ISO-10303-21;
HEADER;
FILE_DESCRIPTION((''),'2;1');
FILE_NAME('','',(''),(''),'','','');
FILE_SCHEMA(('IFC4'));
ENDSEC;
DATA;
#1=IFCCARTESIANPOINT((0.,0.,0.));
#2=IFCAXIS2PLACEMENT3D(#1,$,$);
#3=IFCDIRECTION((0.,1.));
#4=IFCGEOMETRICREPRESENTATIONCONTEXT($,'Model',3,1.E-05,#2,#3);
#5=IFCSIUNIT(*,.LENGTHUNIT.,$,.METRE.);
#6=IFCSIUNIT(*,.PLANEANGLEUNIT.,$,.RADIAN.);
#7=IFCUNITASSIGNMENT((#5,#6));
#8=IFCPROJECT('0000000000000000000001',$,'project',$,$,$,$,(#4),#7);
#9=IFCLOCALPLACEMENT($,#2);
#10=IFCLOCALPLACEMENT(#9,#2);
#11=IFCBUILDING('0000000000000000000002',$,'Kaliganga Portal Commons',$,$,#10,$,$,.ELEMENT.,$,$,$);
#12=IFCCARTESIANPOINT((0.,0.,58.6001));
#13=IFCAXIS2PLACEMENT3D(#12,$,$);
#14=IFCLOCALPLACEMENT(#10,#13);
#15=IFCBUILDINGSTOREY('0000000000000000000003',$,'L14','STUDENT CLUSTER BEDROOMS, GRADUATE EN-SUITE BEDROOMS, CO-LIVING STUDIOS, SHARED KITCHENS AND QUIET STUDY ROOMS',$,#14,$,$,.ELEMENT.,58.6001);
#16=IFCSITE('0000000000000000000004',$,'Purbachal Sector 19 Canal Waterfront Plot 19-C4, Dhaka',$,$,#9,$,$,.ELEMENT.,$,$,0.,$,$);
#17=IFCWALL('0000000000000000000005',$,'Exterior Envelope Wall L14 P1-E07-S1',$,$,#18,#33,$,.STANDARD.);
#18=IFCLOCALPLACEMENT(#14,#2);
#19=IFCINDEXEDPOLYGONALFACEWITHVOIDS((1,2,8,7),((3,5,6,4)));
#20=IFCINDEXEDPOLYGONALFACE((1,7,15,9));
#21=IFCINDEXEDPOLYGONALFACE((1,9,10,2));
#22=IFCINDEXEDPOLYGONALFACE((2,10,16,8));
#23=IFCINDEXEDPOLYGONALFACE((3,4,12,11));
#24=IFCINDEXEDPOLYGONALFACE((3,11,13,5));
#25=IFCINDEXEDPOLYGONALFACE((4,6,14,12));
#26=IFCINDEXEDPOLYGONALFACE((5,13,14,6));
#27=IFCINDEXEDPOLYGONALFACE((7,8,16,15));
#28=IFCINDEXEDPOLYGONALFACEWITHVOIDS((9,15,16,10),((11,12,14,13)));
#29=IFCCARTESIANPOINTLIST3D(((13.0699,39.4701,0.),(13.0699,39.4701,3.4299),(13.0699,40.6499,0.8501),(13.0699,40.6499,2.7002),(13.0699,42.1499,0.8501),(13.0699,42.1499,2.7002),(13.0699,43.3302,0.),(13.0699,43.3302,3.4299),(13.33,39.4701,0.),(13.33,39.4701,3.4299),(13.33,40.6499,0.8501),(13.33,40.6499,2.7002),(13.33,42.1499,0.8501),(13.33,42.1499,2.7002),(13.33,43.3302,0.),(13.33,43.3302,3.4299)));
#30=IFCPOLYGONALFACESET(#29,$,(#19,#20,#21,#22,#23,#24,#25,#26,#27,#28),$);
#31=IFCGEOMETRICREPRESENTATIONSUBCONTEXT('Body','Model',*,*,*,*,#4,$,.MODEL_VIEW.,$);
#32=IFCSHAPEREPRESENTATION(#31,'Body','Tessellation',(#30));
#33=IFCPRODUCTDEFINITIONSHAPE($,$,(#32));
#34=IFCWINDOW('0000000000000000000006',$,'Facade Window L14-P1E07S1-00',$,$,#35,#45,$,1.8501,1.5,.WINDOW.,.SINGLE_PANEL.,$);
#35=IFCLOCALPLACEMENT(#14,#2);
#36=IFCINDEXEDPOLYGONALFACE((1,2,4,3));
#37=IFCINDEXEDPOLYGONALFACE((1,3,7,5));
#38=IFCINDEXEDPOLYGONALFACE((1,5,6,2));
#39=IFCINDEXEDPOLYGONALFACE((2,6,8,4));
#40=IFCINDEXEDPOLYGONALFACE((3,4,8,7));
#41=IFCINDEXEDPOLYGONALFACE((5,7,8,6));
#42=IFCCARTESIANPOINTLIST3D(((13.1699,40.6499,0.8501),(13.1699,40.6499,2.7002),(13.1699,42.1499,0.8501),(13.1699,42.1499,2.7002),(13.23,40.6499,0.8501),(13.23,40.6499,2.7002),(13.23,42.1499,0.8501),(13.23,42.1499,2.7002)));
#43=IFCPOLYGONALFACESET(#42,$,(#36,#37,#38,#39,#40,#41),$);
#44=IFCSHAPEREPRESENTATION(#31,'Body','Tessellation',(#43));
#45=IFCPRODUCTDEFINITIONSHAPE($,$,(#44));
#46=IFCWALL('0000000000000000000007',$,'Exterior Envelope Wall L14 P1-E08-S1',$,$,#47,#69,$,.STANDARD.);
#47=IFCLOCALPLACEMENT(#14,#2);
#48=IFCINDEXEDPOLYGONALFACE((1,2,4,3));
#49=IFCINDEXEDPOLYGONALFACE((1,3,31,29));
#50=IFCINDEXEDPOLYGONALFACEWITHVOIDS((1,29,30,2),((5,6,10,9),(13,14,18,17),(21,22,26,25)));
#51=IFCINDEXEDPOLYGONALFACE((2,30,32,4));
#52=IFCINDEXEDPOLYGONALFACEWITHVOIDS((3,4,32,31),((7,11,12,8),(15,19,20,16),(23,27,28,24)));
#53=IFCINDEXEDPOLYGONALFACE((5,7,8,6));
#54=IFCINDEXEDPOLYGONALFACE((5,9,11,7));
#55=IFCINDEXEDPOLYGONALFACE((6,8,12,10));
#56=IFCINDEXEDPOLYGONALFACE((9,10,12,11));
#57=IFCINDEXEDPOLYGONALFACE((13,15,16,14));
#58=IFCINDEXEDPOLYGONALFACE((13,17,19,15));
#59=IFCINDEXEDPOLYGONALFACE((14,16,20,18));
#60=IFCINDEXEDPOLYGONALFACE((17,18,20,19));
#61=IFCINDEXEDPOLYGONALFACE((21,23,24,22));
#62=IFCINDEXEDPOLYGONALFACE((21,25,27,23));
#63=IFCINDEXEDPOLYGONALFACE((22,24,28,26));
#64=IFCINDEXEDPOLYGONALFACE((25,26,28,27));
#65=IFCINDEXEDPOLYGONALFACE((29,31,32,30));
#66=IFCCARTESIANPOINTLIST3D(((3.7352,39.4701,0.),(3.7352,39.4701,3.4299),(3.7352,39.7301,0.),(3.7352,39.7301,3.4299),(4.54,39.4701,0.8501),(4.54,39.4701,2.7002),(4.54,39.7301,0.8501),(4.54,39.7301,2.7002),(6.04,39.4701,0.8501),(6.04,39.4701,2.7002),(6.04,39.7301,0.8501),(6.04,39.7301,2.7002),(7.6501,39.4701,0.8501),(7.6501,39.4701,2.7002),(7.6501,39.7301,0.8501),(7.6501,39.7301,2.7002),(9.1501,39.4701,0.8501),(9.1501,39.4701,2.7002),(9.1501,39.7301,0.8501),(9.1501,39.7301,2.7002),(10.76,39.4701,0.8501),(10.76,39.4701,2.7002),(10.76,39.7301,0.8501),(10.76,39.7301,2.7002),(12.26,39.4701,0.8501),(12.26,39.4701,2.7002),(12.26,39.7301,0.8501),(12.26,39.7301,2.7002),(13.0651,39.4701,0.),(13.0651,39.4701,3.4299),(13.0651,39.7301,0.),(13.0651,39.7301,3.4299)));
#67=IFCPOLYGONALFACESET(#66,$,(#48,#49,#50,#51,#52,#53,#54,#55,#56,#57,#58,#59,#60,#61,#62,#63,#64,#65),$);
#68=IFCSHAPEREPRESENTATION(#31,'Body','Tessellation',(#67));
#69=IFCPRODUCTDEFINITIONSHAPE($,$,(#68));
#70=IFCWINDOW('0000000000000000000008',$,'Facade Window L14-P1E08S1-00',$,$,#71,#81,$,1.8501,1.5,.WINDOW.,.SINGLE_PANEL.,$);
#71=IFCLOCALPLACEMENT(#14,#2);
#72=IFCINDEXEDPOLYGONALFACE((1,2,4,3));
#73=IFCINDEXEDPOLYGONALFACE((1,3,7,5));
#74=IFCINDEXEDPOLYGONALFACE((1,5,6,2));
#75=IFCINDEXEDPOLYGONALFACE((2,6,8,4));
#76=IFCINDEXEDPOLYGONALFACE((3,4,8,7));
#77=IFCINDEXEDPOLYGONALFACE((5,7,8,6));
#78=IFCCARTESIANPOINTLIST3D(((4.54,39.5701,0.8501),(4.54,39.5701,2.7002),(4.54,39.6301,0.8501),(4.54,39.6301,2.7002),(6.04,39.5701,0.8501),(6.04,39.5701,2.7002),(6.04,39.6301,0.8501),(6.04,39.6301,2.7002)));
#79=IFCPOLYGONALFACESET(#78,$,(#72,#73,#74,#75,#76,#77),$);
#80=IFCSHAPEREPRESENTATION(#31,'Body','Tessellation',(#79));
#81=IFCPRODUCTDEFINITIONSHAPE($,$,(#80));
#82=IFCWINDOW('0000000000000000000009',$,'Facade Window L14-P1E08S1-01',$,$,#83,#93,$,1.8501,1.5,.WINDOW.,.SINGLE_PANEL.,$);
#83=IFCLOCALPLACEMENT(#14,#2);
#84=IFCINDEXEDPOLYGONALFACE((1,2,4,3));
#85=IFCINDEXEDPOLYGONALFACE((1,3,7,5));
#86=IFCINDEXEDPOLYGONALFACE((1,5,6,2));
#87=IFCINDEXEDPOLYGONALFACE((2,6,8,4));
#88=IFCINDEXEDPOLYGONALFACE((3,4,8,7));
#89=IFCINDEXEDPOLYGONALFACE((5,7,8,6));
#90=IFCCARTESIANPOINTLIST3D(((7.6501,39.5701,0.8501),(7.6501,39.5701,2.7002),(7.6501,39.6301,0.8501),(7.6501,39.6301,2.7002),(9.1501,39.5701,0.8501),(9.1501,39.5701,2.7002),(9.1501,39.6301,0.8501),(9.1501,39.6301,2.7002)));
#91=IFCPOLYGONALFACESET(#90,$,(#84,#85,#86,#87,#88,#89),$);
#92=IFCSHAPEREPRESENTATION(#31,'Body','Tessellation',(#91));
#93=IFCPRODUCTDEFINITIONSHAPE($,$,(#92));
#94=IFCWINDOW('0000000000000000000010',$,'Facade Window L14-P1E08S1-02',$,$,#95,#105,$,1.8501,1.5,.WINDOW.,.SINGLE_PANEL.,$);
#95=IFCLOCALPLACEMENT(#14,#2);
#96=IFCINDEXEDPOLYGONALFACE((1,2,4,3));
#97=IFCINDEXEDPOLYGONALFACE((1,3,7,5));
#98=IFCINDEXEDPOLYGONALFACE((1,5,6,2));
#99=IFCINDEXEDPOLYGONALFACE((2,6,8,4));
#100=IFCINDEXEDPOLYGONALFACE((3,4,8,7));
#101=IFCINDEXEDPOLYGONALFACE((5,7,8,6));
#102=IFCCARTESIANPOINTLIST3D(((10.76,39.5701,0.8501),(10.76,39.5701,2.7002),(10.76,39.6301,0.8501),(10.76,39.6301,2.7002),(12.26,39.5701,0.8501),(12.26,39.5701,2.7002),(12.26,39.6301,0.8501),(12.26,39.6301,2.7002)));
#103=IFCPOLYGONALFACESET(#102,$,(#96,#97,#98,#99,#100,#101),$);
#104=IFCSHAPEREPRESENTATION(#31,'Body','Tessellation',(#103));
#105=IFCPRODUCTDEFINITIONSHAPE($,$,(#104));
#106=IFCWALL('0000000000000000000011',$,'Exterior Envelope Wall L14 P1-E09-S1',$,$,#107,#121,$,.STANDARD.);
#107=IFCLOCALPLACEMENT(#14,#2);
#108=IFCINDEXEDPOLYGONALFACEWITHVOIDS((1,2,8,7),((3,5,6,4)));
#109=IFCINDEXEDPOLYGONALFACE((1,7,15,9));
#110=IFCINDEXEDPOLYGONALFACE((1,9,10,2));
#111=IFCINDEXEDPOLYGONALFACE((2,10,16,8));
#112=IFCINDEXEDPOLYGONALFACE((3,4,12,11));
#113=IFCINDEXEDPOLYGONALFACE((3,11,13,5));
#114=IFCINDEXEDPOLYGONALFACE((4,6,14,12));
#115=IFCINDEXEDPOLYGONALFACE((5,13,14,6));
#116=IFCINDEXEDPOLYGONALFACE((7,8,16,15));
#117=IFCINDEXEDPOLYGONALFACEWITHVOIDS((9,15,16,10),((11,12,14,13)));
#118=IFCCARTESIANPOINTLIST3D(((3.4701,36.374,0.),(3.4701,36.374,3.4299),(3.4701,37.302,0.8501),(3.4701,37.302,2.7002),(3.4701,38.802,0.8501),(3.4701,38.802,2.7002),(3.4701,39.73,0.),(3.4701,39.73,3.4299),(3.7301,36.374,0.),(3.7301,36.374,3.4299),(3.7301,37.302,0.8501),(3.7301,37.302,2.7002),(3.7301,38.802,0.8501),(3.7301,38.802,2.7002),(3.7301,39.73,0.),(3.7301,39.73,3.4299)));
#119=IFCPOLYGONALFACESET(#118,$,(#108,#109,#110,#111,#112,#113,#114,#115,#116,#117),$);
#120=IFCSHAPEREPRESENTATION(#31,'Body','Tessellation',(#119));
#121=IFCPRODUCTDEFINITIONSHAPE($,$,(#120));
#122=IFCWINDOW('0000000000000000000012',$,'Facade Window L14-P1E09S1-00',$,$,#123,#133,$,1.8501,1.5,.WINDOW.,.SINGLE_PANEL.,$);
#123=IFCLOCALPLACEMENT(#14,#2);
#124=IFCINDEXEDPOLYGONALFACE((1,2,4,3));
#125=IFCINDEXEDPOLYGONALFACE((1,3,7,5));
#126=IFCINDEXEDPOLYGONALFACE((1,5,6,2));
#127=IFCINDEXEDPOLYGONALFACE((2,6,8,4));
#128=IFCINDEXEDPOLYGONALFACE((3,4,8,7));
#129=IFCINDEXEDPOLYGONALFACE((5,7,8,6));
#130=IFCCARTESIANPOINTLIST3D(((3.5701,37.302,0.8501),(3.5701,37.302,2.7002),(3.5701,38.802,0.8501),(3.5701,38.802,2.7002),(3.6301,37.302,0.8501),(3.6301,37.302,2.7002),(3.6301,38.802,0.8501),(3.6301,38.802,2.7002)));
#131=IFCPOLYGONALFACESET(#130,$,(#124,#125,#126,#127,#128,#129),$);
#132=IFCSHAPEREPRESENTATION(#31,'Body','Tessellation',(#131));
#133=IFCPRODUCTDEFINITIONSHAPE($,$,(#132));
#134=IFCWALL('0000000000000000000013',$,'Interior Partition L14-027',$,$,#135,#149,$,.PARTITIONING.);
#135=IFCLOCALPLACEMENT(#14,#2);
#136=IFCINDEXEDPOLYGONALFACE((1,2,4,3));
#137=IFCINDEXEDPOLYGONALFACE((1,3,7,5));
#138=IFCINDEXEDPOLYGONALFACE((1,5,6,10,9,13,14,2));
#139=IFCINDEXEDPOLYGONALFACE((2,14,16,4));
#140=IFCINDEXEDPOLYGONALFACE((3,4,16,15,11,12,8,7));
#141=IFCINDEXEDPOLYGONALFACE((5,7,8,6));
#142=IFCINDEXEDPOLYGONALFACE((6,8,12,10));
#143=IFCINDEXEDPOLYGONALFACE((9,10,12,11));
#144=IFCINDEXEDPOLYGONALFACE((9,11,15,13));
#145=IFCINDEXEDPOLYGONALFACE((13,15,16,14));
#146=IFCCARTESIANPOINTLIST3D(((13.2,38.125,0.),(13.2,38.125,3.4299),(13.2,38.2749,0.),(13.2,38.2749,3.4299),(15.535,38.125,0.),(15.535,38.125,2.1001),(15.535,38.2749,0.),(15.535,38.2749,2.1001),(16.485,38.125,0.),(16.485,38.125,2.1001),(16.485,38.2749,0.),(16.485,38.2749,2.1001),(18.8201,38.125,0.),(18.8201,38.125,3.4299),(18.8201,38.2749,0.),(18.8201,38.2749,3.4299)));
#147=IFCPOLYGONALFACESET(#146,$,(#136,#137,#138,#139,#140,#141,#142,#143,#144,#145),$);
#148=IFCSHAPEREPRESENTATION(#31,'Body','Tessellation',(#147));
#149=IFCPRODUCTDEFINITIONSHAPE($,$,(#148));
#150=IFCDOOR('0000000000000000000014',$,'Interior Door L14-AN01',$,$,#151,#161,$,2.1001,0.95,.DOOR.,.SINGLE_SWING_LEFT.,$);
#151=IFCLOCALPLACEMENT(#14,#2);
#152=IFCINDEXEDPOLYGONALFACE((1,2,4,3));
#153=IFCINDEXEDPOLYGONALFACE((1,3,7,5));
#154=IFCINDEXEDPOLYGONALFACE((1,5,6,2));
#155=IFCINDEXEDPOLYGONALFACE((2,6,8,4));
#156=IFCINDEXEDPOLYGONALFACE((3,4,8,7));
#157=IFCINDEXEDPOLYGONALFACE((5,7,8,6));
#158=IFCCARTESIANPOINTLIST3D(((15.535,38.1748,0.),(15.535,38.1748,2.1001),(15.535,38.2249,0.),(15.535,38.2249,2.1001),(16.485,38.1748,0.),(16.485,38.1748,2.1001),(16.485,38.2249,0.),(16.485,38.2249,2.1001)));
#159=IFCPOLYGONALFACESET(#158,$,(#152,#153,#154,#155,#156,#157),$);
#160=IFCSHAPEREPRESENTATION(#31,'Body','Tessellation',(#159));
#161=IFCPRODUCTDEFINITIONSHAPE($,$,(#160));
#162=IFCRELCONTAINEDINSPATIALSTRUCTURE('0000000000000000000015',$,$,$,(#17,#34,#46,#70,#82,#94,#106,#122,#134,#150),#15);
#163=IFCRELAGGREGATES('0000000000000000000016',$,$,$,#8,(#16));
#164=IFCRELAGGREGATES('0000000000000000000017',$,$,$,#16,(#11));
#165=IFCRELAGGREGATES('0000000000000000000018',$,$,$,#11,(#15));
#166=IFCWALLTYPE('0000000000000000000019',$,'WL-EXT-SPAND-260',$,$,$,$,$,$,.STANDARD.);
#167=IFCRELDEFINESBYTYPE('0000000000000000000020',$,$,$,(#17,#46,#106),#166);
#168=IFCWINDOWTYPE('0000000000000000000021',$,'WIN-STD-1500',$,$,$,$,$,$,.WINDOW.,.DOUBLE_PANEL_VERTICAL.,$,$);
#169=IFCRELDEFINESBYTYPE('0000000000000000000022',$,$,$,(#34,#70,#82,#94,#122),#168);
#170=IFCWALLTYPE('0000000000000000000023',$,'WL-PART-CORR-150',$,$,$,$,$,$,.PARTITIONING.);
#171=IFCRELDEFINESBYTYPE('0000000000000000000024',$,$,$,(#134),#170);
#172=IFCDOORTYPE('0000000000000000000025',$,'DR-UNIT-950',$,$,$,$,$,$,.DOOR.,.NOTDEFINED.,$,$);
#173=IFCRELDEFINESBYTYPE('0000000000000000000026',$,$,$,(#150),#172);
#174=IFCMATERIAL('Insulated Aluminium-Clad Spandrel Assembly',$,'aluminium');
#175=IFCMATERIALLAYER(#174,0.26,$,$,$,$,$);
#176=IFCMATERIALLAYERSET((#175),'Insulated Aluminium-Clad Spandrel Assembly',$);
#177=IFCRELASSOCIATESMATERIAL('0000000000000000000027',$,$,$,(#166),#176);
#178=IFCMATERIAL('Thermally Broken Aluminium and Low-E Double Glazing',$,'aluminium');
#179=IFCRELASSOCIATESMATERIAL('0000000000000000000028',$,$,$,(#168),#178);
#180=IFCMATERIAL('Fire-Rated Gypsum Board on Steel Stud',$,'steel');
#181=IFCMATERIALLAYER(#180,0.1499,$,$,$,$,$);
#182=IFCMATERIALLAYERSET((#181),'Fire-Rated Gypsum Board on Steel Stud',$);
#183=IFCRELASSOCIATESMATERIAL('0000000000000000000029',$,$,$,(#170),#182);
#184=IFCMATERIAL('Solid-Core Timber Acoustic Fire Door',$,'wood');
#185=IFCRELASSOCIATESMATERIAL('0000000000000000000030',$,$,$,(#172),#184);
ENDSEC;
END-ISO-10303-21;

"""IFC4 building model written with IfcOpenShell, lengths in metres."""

from ifc_helpers import new_model, si_unit, direction, frame, frame_2d, origin, place, context, subcontext, project, spatial, rectangle, extrude, material, layer, layer_set, type_object, element, fill, save


model = new_model("IFC4")

# Units and contexts
model_context = context("Model", 3, precision=1e-05, world=origin(), true_north=direction((0.0, 1.0)))
body_context = subcontext(model_context, "Body", "Model", "MODEL_VIEW")
ifc_project = project(units=[si_unit("LENGTHUNIT", "METRE"), si_unit("PLANEANGLEUNIT", "RADIAN")], contexts=[model_context])

# Site, building, storey
site_placement = place(None, origin())
site = spatial("IfcSite", under=ifc_project, at=site_placement, Name="Purbachal Sector 19 Canal Waterfront Plot 19-C4, Dhaka", CompositionType="ELEMENT", RefElevation=0.0)
building_placement = place(site_placement, origin())
building = spatial("IfcBuilding", under=site, at=building_placement, Name="Kaliganga Portal Commons", CompositionType="ELEMENT")
storey_placement = place(building_placement, frame((0.0, 0.0, 58.6001)))
storey = spatial("IfcBuildingStorey", under=building, at=storey_placement, Name="L14", Description="STUDENT CLUSTER BEDROOMS, GRADUATE EN-SUITE BEDROOMS, CO-LIVING STUDIOS, SHARED KITCHENS AND QUIET STUDY ROOMS", CompositionType="ELEMENT", Elevation=58.6001)

# Shared definitions
ifc_material_1 = material(Name="Insulated Aluminium-Clad Spandrel Assembly", Category="aluminium")
ifc_layer_1 = layer(ifc_material_1, 0.26)
ifc_layer_set_1 = layer_set([ifc_layer_1], Name="Insulated Aluminium-Clad Spandrel Assembly")
wall_type_1 = type_object("IfcWallType", Name="WL-EXT-SPAND-260", PredefinedType="STANDARD", material=ifc_layer_set_1)

# Wall, opening, window
wall_1_placement = place(storey_placement, frame((13.2, 39.47, 0.0), z_axis=(0.0, 0.0, 1.0), x_axis=(0.0, 1.0, 0.0)))
wall_1 = element("IfcWall", 1, at=wall_1_placement, inside=storey, type_object=wall_type_1, Name="Exterior Envelope Wall L14 P1-E07-S1", PredefinedType="STANDARD", context=body_context, shape_type="SweptSolid", body=[
    extrude(rectangle(XDim=3.8601, YDim=0.26, at=frame_2d((1.9302, 0.0))), origin(), (0.0, 0.0, 1.0), 3.4299),
])
opening_1_placement = place(wall_1_placement, frame((1.1799, 0.0, 0.8501)))
opening_1 = element("IfcOpeningElement", 2, at=opening_1_placement, cuts=wall_1, PredefinedType="OPENING", context=body_context, shape_type="SweptSolid", body=[
    extrude(rectangle(XDim=1.5, YDim=1.8501, at=frame_2d((0.75, 0.925))), frame((0.0, 0.1401, 0.0), z_axis=(0.0, -1.0, 0.0), x_axis=(1.0, 0.0, 0.0)), (0.0, 0.0, 1.0), 0.28),
])
ifc_material_2 = material(Name="Thermally Broken Aluminium and Low-E Double Glazing", Category="aluminium")
window_type = type_object("IfcWindowType", Name="WIN-STD-1500", PartitioningType="DOUBLE_PANEL_VERTICAL", PredefinedType="WINDOW", material=ifc_material_2)
window_1_placement = place(opening_1_placement, origin())
window_1 = element("IfcWindow", 3, at=window_1_placement, inside=storey, type_object=window_type, Name="Facade Window L14-P1E07S1-00", OverallHeight=1.8501, OverallWidth=1.5, PartitioningType="SINGLE_PANEL", PredefinedType="WINDOW", context=body_context, shape_type="SweptSolid", body=[
    extrude(rectangle(XDim=1.5, YDim=1.8501, at=frame_2d((0.75, 0.925))), frame((0.0, 0.03, 0.0), z_axis=(0.0, -1.0, 0.0), x_axis=(1.0, 0.0, 0.0)), (0.0, 0.0, 1.0), 0.0601),
])
fill(opening_1, window_1)

# Wall, openings, windows
wall_2_placement = place(storey_placement, frame((3.7351, 39.6001, 0.0), z_axis=(0.0, 0.0, 1.0), x_axis=(1.0, 0.0, 0.0)))
wall_2 = element("IfcWall", 4, at=wall_2_placement, inside=storey, type_object=wall_type_1, Name="Exterior Envelope Wall L14 P1-E08-S1", PredefinedType="STANDARD", context=body_context, shape_type="SweptSolid", body=[
    extrude(rectangle(XDim=9.3298, YDim=0.26, at=frame_2d((4.665, 0.0))), origin(), (0.0, 0.0, 1.0), 3.4299),
])
opening_2_placement = place(wall_2_placement, frame((0.8049, 0.0, 0.8501)))
opening_2 = element("IfcOpeningElement", 5, at=opening_2_placement, cuts=wall_2, PredefinedType="OPENING", context=body_context, shape_type="SweptSolid", body=[
    extrude(rectangle(XDim=1.5, YDim=1.8501, at=frame_2d((0.75, 0.925))), frame((0.0, 0.1401, 0.0), z_axis=(0.0, -1.0, 0.0), x_axis=(1.0, 0.0, 0.0)), (0.0, 0.0, 1.0), 0.28),
])
opening_3_placement = place(wall_2_placement, frame((3.915, 0.0, 0.8501)))
opening_3 = element("IfcOpeningElement", 6, at=opening_3_placement, cuts=wall_2, PredefinedType="OPENING", context=body_context, shape_type="SweptSolid", body=[
    extrude(rectangle(XDim=1.5, YDim=1.8501, at=frame_2d((0.75, 0.925))), frame((0.0, 0.1401, 0.0), z_axis=(0.0, -1.0, 0.0), x_axis=(1.0, 0.0, 0.0)), (0.0, 0.0, 1.0), 0.28),
])
opening_4_placement = place(wall_2_placement, frame((7.0249, 0.0, 0.8501)))
opening_4 = element("IfcOpeningElement", 7, at=opening_4_placement, cuts=wall_2, PredefinedType="OPENING", context=body_context, shape_type="SweptSolid", body=[
    extrude(rectangle(XDim=1.5, YDim=1.8501, at=frame_2d((0.75, 0.925))), frame((0.0, 0.1401, 0.0), z_axis=(0.0, -1.0, 0.0), x_axis=(1.0, 0.0, 0.0)), (0.0, 0.0, 1.0), 0.28),
])
window_2_placement = place(opening_2_placement, origin())
window_2 = element("IfcWindow", 8, at=window_2_placement, inside=storey, type_object=window_type, Name="Facade Window L14-P1E08S1-00", OverallHeight=1.8501, OverallWidth=1.5, PartitioningType="SINGLE_PANEL", PredefinedType="WINDOW", context=body_context, shape_type="SweptSolid", body=[
    extrude(rectangle(XDim=1.5, YDim=1.8501, at=frame_2d((0.75, 0.925))), frame((0.0, 0.03, 0.0), z_axis=(0.0, -1.0, 0.0), x_axis=(1.0, 0.0, 0.0)), (0.0, 0.0, 1.0), 0.0601),
])
fill(opening_2, window_2)
window_3_placement = place(opening_3_placement, origin())
window_3 = element("IfcWindow", 9, at=window_3_placement, inside=storey, type_object=window_type, Name="Facade Window L14-P1E08S1-01", OverallHeight=1.8501, OverallWidth=1.5, PartitioningType="SINGLE_PANEL", PredefinedType="WINDOW", context=body_context, shape_type="SweptSolid", body=[
    extrude(rectangle(XDim=1.5, YDim=1.8501, at=frame_2d((0.75, 0.925))), frame((0.0, 0.03, 0.0), z_axis=(0.0, -1.0, 0.0), x_axis=(1.0, 0.0, 0.0)), (0.0, 0.0, 1.0), 0.0601),
])
fill(opening_3, window_3)
window_4_placement = place(opening_4_placement, origin())
window_4 = element("IfcWindow", 10, at=window_4_placement, inside=storey, type_object=window_type, Name="Facade Window L14-P1E08S1-02", OverallHeight=1.8501, OverallWidth=1.5, PartitioningType="SINGLE_PANEL", PredefinedType="WINDOW", context=body_context, shape_type="SweptSolid", body=[
    extrude(rectangle(XDim=1.5, YDim=1.8501, at=frame_2d((0.75, 0.925))), frame((0.0, 0.03, 0.0), z_axis=(0.0, -1.0, 0.0), x_axis=(1.0, 0.0, 0.0)), (0.0, 0.0, 1.0), 0.0601),
])
fill(opening_4, window_4)

# Wall, opening, window
wall_3_placement = place(storey_placement, frame((3.6001, 36.374, 0.0), z_axis=(0.0, 0.0, 1.0), x_axis=(0.0, 1.0, 0.0)))
wall_3 = element("IfcWall", 11, at=wall_3_placement, inside=storey, type_object=wall_type_1, Name="Exterior Envelope Wall L14 P1-E09-S1", PredefinedType="STANDARD", context=body_context, shape_type="SweptSolid", body=[
    extrude(rectangle(XDim=3.356, YDim=0.26, at=frame_2d((1.678, 0.0))), origin(), (0.0, 0.0, 1.0), 3.4299),
])
opening_5_placement = place(wall_3_placement, frame((0.928, 0.0, 0.8501)))
opening_5 = element("IfcOpeningElement", 12, at=opening_5_placement, cuts=wall_3, PredefinedType="OPENING", context=body_context, shape_type="SweptSolid", body=[
    extrude(rectangle(XDim=1.5, YDim=1.8501, at=frame_2d((0.75, 0.925))), frame((0.0, 0.1401, 0.0), z_axis=(0.0, -1.0, 0.0), x_axis=(1.0, 0.0, 0.0)), (0.0, 0.0, 1.0), 0.28),
])
window_5_placement = place(opening_5_placement, origin())
window_5 = element("IfcWindow", 13, at=window_5_placement, inside=storey, type_object=window_type, Name="Facade Window L14-P1E09S1-00", OverallHeight=1.8501, OverallWidth=1.5, PartitioningType="SINGLE_PANEL", PredefinedType="WINDOW", context=body_context, shape_type="SweptSolid", body=[
    extrude(rectangle(XDim=1.5, YDim=1.8501, at=frame_2d((0.75, 0.925))), frame((0.0, 0.03, 0.0), z_axis=(0.0, -1.0, 0.0), x_axis=(1.0, 0.0, 0.0)), (0.0, 0.0, 1.0), 0.0601),
])
fill(opening_5, window_5)

# Wall, opening, door
ifc_material_3 = material(Name="Fire-Rated Gypsum Board on Steel Stud", Category="steel")
ifc_layer_2 = layer(ifc_material_3, 0.1499)
ifc_layer_set_2 = layer_set([ifc_layer_2], Name="Fire-Rated Gypsum Board on Steel Stud")
wall_type_2 = type_object("IfcWallType", Name="WL-PART-CORR-150", PredefinedType="PARTITIONING", material=ifc_layer_set_2)
wall_4_placement = place(storey_placement, frame((13.2, 38.2, 0.0), z_axis=(0.0, 0.0, 1.0), x_axis=(1.0, 0.0, 0.0)))
wall_4 = element("IfcWall", 14, at=wall_4_placement, inside=storey, type_object=wall_type_2, Name="Interior Partition L14-027", PredefinedType="PARTITIONING", context=body_context, shape_type="SweptSolid", body=[
    extrude(rectangle(XDim=5.6201, YDim=0.1499, at=frame_2d((2.8101, 0.0))), origin(), (0.0, 0.0, 1.0), 3.4299),
])
opening_6_placement = place(wall_4_placement, frame((2.335, 0.0, 0.0)))
opening_6 = element("IfcOpeningElement", 15, at=opening_6_placement, cuts=wall_4, PredefinedType="OPENING", context=body_context, shape_type="SweptSolid", body=[
    extrude(rectangle(XDim=0.95, YDim=2.1001, at=frame_2d((0.4751, 1.05))), frame((0.0, 0.085, 0.0), z_axis=(0.0, -1.0, 0.0), x_axis=(1.0, 0.0, 0.0)), (0.0, 0.0, 1.0), 0.1699),
])
ifc_material_4 = material(Name="Solid-Core Timber Acoustic Fire Door", Category="wood")
door_type_1 = type_object("IfcDoorType", Name="DR-UNIT-950", OperationType="NOTDEFINED", PredefinedType="DOOR", material=ifc_material_4)
door_1_placement = place(opening_6_placement, origin())
door_1 = element("IfcDoor", 16, at=door_1_placement, inside=storey, type_object=door_type_1, Name="Interior Door L14-AN01", OperationType="SINGLE_SWING_LEFT", OverallHeight=2.1001, OverallWidth=0.95, PredefinedType="DOOR", context=body_context, shape_type="SweptSolid", body=[
    extrude(rectangle(XDim=0.95, YDim=2.1001, at=frame_2d((0.4751, 1.05))), frame((0.0, 0.0249, 0.0), z_axis=(0.0, -1.0, 0.0), x_axis=(1.0, 0.0, 0.0)), (0.0, 0.0, 1.0), 0.05),
])
fill(opening_6, door_1)

save(model, "model.ifc")
